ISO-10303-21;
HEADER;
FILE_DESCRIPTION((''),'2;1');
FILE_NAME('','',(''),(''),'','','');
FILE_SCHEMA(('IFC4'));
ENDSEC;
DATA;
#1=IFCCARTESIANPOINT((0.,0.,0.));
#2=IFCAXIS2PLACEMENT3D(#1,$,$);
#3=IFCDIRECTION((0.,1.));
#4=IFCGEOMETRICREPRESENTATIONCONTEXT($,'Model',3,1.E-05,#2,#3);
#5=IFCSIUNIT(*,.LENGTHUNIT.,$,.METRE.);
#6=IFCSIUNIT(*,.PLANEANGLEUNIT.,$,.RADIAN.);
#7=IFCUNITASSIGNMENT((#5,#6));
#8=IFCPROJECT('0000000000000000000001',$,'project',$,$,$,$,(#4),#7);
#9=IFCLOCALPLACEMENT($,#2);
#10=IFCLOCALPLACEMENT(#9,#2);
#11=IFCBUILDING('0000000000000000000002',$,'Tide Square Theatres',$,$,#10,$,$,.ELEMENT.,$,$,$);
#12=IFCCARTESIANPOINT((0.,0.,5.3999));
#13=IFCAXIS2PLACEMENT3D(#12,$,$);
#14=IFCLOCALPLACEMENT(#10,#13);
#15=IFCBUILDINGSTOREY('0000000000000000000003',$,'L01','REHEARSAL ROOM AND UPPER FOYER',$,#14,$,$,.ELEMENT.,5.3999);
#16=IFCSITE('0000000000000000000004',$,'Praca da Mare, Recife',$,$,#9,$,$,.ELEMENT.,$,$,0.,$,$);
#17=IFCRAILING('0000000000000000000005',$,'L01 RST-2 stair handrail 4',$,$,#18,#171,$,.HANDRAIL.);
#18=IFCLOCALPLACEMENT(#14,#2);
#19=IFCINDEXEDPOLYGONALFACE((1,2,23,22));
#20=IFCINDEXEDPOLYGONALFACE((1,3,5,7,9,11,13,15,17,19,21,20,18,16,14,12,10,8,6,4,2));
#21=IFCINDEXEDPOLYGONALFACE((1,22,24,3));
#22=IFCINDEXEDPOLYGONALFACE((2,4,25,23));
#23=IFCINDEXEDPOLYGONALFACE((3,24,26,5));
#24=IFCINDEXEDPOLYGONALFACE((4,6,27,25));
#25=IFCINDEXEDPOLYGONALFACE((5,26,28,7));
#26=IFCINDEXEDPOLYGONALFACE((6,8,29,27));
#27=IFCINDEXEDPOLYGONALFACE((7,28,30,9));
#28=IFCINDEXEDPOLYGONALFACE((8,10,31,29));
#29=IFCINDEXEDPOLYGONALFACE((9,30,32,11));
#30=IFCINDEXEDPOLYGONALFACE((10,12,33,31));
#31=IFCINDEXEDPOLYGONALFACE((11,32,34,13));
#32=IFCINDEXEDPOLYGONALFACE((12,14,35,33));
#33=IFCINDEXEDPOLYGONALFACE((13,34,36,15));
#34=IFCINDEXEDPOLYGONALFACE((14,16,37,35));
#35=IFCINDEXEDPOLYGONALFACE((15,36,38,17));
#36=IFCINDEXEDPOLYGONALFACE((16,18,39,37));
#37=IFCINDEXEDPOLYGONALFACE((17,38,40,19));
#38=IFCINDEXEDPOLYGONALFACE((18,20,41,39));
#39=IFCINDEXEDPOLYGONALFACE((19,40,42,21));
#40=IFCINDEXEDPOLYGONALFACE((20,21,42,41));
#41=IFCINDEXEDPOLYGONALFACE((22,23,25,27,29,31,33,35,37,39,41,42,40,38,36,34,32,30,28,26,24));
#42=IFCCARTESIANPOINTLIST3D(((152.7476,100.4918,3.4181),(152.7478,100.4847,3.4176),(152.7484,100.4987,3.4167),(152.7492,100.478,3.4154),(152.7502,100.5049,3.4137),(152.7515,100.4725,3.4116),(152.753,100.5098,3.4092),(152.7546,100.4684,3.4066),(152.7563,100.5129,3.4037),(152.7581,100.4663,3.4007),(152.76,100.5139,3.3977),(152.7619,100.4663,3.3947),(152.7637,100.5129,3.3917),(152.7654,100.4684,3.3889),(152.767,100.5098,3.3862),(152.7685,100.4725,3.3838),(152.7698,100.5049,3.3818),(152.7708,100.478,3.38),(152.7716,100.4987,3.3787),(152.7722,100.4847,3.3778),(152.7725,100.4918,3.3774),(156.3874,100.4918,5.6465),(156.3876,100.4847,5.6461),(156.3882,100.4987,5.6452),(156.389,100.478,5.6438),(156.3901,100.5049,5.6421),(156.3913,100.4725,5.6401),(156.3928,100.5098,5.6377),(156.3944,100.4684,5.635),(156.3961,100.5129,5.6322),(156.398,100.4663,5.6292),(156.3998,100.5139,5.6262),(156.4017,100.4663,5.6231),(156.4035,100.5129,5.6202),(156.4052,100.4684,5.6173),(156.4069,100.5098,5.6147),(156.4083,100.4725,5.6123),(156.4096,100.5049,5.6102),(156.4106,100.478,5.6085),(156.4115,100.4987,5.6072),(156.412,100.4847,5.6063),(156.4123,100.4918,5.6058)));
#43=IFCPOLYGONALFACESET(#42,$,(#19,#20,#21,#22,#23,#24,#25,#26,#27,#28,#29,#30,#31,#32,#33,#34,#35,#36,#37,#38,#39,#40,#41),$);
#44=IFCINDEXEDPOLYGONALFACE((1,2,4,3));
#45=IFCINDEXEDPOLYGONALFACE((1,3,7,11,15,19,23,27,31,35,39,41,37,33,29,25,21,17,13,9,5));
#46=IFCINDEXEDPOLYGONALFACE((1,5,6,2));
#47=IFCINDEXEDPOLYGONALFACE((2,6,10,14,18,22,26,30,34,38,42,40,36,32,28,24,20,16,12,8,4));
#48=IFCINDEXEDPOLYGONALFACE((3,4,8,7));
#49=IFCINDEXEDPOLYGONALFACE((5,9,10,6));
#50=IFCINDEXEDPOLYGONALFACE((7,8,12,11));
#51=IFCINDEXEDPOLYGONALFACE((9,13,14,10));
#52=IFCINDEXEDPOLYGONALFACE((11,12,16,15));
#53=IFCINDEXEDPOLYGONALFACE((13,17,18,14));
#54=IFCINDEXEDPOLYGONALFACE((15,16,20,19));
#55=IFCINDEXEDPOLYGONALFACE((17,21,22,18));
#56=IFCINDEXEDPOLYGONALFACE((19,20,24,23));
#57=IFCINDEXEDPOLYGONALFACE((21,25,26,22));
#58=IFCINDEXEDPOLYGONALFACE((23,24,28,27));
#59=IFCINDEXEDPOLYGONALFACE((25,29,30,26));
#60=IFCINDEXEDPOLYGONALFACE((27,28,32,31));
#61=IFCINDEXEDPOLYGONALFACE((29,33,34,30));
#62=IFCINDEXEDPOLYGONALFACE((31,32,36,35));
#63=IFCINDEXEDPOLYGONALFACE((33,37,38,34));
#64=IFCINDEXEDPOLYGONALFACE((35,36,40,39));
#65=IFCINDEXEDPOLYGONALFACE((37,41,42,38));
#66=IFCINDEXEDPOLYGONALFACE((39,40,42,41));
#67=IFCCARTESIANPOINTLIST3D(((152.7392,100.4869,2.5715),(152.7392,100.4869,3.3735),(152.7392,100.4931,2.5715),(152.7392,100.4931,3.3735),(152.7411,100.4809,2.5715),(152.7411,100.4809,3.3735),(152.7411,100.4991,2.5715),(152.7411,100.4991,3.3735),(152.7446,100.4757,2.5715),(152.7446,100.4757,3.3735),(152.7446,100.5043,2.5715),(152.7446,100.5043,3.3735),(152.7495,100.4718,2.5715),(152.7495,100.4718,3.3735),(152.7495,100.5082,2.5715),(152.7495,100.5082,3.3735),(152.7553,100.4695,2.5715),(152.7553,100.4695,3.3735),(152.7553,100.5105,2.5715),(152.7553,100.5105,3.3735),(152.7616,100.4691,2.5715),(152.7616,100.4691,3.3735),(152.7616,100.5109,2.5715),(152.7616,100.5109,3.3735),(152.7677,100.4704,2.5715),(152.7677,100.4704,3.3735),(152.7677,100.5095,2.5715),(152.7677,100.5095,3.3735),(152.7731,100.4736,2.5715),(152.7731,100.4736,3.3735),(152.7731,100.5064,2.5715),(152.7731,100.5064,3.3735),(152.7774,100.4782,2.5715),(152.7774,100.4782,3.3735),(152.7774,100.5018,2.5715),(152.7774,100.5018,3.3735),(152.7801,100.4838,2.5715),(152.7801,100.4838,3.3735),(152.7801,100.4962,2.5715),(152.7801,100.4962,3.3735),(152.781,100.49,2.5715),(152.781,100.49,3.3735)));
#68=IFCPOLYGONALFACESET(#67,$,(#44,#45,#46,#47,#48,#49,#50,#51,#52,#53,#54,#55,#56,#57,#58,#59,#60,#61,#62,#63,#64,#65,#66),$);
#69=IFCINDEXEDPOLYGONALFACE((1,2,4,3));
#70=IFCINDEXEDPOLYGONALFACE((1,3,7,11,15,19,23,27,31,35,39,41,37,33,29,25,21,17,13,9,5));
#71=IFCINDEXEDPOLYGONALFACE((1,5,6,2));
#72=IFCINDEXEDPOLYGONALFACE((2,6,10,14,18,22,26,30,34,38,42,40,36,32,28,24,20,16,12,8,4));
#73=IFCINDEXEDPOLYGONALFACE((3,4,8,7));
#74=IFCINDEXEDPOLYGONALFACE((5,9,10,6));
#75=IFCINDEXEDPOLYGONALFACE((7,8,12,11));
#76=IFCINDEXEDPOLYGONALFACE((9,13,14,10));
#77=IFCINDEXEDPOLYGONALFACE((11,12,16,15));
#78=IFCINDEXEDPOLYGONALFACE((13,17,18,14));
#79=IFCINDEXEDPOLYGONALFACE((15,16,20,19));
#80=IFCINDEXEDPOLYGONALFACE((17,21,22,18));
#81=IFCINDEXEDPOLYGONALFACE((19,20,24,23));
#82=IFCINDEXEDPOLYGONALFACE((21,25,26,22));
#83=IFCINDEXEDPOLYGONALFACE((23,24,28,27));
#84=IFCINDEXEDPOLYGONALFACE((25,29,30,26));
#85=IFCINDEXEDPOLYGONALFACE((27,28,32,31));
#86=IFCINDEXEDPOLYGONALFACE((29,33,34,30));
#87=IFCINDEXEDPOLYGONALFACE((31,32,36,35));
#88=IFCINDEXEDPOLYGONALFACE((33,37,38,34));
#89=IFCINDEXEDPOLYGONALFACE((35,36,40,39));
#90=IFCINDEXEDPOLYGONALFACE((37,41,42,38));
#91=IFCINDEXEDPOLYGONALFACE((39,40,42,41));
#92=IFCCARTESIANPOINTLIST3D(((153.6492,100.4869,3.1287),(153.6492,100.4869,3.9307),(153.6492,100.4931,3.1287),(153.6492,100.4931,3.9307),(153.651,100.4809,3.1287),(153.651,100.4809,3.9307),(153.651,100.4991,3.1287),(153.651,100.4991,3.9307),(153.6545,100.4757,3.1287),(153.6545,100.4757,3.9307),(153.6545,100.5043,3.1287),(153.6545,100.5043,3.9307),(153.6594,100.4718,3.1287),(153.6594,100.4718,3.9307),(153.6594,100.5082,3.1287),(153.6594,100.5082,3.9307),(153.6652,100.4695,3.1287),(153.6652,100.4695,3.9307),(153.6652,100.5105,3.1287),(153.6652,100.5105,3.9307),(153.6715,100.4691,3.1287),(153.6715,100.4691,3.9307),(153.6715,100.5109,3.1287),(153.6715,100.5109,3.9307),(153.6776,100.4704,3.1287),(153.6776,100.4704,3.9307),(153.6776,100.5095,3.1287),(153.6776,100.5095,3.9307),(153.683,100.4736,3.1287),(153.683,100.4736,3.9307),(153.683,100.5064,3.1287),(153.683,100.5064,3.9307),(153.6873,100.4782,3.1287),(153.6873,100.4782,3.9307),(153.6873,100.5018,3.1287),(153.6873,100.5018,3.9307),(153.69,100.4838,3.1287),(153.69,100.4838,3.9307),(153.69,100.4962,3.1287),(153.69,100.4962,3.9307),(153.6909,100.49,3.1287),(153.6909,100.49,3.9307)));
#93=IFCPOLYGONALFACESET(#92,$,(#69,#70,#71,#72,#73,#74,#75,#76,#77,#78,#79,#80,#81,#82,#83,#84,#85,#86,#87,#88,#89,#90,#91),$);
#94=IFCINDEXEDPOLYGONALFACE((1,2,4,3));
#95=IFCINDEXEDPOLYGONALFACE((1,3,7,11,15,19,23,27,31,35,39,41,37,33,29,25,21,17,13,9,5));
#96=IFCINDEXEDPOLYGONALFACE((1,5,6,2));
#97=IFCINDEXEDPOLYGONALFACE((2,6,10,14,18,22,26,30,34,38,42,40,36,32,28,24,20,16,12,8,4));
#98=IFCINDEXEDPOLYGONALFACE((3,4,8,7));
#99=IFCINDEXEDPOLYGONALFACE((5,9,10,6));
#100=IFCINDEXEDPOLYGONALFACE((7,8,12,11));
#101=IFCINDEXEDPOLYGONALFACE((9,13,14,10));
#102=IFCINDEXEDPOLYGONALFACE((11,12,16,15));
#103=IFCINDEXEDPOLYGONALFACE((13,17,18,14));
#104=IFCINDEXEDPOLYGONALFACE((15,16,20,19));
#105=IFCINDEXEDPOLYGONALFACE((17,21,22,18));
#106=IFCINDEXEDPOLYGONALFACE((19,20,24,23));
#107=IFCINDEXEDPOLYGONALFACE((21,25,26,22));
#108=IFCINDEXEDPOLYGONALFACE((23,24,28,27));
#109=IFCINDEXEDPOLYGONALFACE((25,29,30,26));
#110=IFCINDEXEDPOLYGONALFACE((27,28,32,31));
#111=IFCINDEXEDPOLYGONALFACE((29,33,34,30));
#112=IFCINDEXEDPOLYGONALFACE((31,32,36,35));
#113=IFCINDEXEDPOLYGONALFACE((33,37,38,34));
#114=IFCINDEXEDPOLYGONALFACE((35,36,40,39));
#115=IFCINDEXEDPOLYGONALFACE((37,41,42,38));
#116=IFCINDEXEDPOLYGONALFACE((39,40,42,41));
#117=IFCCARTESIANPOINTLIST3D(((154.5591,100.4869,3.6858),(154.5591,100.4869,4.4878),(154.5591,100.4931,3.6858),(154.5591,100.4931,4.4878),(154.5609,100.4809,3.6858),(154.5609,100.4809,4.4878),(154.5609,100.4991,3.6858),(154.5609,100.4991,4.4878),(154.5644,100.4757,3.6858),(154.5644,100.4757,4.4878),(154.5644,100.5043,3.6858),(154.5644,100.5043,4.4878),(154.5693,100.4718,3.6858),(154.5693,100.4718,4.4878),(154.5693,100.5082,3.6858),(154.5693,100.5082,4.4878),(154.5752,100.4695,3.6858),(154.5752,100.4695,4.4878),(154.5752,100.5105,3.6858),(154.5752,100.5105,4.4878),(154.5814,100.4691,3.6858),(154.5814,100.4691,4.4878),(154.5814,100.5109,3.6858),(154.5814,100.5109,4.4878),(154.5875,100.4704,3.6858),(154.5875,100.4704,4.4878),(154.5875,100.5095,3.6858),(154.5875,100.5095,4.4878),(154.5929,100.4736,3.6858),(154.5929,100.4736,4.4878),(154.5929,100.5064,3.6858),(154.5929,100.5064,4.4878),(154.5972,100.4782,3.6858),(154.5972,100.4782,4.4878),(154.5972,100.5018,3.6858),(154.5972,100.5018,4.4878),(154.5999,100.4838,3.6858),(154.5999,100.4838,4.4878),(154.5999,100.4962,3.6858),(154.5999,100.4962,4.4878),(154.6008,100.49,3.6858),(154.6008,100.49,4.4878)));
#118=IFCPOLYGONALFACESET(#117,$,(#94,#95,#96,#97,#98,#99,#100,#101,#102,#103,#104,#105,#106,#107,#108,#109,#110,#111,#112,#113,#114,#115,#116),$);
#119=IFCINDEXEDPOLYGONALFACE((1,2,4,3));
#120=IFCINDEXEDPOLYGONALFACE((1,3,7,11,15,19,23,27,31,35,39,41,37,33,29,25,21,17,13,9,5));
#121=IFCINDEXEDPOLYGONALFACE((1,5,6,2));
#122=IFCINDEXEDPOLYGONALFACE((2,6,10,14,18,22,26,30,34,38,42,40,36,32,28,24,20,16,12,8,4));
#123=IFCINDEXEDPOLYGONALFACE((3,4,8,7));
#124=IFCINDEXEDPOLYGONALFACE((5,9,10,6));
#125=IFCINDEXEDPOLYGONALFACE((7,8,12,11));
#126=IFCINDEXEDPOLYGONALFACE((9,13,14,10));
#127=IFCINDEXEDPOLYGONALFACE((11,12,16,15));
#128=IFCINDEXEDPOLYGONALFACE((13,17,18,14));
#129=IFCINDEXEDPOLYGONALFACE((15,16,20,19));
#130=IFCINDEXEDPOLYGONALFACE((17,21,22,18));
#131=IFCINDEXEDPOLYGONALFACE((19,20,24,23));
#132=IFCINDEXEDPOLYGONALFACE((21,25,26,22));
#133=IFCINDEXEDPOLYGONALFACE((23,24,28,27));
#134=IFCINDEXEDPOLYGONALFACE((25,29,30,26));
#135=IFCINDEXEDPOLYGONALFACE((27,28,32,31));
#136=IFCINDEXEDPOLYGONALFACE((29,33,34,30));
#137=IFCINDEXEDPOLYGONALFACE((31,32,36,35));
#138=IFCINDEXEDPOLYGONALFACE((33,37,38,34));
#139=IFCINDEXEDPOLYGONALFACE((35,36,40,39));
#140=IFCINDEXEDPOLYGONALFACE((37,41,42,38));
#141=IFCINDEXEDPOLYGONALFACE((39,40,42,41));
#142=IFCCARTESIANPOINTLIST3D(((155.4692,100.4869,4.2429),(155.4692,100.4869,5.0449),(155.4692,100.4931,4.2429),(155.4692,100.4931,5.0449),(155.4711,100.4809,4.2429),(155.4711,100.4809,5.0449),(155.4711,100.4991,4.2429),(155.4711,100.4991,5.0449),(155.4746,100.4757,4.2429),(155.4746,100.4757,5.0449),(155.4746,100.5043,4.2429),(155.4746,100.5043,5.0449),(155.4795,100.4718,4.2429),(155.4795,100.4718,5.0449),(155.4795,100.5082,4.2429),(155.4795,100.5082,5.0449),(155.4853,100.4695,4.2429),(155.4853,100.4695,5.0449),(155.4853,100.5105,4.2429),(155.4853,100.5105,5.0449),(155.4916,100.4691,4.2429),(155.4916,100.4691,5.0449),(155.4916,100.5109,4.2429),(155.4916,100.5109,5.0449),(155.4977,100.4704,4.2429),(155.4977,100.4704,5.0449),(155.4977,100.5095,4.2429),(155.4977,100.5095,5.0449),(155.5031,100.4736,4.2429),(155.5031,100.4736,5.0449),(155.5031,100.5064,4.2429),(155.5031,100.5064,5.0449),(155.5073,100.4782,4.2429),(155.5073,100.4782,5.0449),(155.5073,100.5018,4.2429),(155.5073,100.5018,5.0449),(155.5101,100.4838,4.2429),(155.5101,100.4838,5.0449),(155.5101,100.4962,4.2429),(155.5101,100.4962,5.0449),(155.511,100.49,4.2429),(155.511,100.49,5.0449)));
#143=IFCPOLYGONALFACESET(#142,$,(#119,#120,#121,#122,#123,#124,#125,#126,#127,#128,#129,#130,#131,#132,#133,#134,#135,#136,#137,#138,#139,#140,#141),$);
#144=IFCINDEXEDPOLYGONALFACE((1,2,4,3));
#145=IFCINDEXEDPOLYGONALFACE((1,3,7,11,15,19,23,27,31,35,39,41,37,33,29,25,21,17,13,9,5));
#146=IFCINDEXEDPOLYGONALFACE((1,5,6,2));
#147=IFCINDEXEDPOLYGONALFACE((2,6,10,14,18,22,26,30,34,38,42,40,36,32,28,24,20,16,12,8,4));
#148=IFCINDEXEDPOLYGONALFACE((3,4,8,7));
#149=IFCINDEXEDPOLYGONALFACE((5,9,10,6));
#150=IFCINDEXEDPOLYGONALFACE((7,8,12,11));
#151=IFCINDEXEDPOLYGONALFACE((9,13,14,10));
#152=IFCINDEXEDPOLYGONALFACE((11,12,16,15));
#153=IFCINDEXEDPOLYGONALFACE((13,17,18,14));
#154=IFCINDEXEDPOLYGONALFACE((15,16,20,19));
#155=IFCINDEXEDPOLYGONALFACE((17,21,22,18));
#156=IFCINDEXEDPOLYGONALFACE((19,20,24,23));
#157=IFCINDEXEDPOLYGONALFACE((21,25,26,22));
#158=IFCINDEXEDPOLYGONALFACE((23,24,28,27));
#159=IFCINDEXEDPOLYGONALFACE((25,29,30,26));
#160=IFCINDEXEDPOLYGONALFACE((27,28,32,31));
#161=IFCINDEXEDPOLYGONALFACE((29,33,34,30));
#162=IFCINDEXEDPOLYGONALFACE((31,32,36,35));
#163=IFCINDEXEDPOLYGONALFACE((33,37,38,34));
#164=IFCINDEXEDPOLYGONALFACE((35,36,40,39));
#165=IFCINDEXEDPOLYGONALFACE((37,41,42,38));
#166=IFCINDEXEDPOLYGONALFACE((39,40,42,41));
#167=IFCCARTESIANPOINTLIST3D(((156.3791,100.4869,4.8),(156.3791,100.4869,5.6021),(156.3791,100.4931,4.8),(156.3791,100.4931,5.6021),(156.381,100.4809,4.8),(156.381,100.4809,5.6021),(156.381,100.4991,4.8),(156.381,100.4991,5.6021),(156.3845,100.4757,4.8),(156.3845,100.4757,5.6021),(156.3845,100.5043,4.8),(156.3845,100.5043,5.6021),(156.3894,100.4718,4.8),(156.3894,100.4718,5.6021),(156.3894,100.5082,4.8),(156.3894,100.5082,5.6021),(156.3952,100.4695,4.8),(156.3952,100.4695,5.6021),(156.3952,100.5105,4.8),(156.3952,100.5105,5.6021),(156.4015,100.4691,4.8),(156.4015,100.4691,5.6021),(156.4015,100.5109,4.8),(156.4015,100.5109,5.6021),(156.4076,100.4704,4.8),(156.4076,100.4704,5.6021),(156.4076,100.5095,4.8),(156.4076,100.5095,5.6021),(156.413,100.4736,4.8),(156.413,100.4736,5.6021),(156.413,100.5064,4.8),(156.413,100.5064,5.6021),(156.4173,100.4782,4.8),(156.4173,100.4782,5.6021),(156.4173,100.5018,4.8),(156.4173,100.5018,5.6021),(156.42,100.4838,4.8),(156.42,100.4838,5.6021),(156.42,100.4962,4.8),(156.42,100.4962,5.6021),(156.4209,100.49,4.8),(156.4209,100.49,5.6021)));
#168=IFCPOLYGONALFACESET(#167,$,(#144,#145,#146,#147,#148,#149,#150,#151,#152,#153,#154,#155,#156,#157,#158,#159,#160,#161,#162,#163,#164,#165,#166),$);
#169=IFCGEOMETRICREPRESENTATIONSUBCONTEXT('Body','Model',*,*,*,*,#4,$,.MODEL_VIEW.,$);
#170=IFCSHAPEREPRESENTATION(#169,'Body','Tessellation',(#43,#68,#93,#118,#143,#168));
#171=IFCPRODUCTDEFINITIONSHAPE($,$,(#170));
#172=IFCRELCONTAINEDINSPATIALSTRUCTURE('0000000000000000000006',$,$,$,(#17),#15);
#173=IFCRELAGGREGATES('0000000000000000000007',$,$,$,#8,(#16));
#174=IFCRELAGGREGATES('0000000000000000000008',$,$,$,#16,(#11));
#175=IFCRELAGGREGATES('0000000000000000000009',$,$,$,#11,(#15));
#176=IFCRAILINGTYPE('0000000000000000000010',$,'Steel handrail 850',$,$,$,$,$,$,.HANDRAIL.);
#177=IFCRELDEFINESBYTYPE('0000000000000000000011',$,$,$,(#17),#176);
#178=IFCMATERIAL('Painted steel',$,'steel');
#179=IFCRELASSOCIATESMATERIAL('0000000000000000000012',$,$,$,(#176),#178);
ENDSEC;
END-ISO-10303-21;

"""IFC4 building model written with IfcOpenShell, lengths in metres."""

from ifc_helpers import new_model, si_unit, direction, frame, origin, origin_2d, place, context, subcontext, project, spatial, circle, extrude, material, type_object, element, save


model = new_model("IFC4")

# Units and contexts
model_context = context("Model", 3, precision=1e-05, world=origin(), true_north=direction((0.0, 1.0)))
body_context = subcontext(model_context, "Body", "Model", "MODEL_VIEW")
ifc_project = project(units=[si_unit("LENGTHUNIT", "METRE"), si_unit("PLANEANGLEUNIT", "RADIAN")], contexts=[model_context])

# Site, building, storey
site_placement = place(None, origin())
site = spatial("IfcSite", under=ifc_project, at=site_placement, Name="Praca da Mare, Recife", CompositionType="ELEMENT", RefElevation=0.0)
building_placement = place(site_placement, origin())
building = spatial("IfcBuilding", under=site, at=building_placement, Name="Tide Square Theatres", CompositionType="ELEMENT")
storey_placement = place(building_placement, frame((0.0, 0.0, 5.3999)))
storey = spatial("IfcBuildingStorey", under=building, at=storey_placement, Name="L01", Description="REHEARSAL ROOM AND UPPER FOYER", CompositionType="ELEMENT", Elevation=5.3999)

# Railing
ifc_material_1 = material(Name="Painted steel", Category="steel")
railing_type_1 = type_object("IfcRailingType", Name="Steel handrail 850", PredefinedType="HANDRAIL", material=ifc_material_1)
for number, where, name in (
    (1, (152.76, 100.49, 2.5715), "L01 RST-2 stair handrail 4"),
):
    element("IfcRailing", number, at=place(storey_placement, frame(where)), inside=storey, type_object=railing_type_1, Name=name, PredefinedType="HANDRAIL", context=body_context, shape_type="SweptSolid", body=[
        extrude(circle(Radius=0.0239, at=origin_2d()), frame((0.0, 0.0, 0.8262), z_axis=(0.85285, 0.0, 0.522156), x_axis=(0.0, 1.0, 0.0)), (0.0, 0.0, 1.0), 4.2678),
        extrude(circle(Radius=0.021, at=origin_2d()), origin(), (0.0, 0.0, 1.0), 0.802),
        extrude(circle(Radius=0.021, at=origin_2d()), frame((0.9099, 0.0, 0.5571)), (0.0, 0.0, 1.0), 0.802),
        extrude(circle(Radius=0.021, at=origin_2d()), frame((1.8198, 0.0, 1.1143)), (0.0, 0.0, 1.0), 0.802),
        extrude(circle(Radius=0.021, at=origin_2d()), frame((2.73, 0.0, 1.6714)), (0.0, 0.0, 1.0), 0.802),
        extrude(circle(Radius=0.021, at=origin_2d()), frame((3.6399, 0.0, 2.2285)), (0.0, 0.0, 1.0), 0.802),
    ])

save(model, "model.ifc")
